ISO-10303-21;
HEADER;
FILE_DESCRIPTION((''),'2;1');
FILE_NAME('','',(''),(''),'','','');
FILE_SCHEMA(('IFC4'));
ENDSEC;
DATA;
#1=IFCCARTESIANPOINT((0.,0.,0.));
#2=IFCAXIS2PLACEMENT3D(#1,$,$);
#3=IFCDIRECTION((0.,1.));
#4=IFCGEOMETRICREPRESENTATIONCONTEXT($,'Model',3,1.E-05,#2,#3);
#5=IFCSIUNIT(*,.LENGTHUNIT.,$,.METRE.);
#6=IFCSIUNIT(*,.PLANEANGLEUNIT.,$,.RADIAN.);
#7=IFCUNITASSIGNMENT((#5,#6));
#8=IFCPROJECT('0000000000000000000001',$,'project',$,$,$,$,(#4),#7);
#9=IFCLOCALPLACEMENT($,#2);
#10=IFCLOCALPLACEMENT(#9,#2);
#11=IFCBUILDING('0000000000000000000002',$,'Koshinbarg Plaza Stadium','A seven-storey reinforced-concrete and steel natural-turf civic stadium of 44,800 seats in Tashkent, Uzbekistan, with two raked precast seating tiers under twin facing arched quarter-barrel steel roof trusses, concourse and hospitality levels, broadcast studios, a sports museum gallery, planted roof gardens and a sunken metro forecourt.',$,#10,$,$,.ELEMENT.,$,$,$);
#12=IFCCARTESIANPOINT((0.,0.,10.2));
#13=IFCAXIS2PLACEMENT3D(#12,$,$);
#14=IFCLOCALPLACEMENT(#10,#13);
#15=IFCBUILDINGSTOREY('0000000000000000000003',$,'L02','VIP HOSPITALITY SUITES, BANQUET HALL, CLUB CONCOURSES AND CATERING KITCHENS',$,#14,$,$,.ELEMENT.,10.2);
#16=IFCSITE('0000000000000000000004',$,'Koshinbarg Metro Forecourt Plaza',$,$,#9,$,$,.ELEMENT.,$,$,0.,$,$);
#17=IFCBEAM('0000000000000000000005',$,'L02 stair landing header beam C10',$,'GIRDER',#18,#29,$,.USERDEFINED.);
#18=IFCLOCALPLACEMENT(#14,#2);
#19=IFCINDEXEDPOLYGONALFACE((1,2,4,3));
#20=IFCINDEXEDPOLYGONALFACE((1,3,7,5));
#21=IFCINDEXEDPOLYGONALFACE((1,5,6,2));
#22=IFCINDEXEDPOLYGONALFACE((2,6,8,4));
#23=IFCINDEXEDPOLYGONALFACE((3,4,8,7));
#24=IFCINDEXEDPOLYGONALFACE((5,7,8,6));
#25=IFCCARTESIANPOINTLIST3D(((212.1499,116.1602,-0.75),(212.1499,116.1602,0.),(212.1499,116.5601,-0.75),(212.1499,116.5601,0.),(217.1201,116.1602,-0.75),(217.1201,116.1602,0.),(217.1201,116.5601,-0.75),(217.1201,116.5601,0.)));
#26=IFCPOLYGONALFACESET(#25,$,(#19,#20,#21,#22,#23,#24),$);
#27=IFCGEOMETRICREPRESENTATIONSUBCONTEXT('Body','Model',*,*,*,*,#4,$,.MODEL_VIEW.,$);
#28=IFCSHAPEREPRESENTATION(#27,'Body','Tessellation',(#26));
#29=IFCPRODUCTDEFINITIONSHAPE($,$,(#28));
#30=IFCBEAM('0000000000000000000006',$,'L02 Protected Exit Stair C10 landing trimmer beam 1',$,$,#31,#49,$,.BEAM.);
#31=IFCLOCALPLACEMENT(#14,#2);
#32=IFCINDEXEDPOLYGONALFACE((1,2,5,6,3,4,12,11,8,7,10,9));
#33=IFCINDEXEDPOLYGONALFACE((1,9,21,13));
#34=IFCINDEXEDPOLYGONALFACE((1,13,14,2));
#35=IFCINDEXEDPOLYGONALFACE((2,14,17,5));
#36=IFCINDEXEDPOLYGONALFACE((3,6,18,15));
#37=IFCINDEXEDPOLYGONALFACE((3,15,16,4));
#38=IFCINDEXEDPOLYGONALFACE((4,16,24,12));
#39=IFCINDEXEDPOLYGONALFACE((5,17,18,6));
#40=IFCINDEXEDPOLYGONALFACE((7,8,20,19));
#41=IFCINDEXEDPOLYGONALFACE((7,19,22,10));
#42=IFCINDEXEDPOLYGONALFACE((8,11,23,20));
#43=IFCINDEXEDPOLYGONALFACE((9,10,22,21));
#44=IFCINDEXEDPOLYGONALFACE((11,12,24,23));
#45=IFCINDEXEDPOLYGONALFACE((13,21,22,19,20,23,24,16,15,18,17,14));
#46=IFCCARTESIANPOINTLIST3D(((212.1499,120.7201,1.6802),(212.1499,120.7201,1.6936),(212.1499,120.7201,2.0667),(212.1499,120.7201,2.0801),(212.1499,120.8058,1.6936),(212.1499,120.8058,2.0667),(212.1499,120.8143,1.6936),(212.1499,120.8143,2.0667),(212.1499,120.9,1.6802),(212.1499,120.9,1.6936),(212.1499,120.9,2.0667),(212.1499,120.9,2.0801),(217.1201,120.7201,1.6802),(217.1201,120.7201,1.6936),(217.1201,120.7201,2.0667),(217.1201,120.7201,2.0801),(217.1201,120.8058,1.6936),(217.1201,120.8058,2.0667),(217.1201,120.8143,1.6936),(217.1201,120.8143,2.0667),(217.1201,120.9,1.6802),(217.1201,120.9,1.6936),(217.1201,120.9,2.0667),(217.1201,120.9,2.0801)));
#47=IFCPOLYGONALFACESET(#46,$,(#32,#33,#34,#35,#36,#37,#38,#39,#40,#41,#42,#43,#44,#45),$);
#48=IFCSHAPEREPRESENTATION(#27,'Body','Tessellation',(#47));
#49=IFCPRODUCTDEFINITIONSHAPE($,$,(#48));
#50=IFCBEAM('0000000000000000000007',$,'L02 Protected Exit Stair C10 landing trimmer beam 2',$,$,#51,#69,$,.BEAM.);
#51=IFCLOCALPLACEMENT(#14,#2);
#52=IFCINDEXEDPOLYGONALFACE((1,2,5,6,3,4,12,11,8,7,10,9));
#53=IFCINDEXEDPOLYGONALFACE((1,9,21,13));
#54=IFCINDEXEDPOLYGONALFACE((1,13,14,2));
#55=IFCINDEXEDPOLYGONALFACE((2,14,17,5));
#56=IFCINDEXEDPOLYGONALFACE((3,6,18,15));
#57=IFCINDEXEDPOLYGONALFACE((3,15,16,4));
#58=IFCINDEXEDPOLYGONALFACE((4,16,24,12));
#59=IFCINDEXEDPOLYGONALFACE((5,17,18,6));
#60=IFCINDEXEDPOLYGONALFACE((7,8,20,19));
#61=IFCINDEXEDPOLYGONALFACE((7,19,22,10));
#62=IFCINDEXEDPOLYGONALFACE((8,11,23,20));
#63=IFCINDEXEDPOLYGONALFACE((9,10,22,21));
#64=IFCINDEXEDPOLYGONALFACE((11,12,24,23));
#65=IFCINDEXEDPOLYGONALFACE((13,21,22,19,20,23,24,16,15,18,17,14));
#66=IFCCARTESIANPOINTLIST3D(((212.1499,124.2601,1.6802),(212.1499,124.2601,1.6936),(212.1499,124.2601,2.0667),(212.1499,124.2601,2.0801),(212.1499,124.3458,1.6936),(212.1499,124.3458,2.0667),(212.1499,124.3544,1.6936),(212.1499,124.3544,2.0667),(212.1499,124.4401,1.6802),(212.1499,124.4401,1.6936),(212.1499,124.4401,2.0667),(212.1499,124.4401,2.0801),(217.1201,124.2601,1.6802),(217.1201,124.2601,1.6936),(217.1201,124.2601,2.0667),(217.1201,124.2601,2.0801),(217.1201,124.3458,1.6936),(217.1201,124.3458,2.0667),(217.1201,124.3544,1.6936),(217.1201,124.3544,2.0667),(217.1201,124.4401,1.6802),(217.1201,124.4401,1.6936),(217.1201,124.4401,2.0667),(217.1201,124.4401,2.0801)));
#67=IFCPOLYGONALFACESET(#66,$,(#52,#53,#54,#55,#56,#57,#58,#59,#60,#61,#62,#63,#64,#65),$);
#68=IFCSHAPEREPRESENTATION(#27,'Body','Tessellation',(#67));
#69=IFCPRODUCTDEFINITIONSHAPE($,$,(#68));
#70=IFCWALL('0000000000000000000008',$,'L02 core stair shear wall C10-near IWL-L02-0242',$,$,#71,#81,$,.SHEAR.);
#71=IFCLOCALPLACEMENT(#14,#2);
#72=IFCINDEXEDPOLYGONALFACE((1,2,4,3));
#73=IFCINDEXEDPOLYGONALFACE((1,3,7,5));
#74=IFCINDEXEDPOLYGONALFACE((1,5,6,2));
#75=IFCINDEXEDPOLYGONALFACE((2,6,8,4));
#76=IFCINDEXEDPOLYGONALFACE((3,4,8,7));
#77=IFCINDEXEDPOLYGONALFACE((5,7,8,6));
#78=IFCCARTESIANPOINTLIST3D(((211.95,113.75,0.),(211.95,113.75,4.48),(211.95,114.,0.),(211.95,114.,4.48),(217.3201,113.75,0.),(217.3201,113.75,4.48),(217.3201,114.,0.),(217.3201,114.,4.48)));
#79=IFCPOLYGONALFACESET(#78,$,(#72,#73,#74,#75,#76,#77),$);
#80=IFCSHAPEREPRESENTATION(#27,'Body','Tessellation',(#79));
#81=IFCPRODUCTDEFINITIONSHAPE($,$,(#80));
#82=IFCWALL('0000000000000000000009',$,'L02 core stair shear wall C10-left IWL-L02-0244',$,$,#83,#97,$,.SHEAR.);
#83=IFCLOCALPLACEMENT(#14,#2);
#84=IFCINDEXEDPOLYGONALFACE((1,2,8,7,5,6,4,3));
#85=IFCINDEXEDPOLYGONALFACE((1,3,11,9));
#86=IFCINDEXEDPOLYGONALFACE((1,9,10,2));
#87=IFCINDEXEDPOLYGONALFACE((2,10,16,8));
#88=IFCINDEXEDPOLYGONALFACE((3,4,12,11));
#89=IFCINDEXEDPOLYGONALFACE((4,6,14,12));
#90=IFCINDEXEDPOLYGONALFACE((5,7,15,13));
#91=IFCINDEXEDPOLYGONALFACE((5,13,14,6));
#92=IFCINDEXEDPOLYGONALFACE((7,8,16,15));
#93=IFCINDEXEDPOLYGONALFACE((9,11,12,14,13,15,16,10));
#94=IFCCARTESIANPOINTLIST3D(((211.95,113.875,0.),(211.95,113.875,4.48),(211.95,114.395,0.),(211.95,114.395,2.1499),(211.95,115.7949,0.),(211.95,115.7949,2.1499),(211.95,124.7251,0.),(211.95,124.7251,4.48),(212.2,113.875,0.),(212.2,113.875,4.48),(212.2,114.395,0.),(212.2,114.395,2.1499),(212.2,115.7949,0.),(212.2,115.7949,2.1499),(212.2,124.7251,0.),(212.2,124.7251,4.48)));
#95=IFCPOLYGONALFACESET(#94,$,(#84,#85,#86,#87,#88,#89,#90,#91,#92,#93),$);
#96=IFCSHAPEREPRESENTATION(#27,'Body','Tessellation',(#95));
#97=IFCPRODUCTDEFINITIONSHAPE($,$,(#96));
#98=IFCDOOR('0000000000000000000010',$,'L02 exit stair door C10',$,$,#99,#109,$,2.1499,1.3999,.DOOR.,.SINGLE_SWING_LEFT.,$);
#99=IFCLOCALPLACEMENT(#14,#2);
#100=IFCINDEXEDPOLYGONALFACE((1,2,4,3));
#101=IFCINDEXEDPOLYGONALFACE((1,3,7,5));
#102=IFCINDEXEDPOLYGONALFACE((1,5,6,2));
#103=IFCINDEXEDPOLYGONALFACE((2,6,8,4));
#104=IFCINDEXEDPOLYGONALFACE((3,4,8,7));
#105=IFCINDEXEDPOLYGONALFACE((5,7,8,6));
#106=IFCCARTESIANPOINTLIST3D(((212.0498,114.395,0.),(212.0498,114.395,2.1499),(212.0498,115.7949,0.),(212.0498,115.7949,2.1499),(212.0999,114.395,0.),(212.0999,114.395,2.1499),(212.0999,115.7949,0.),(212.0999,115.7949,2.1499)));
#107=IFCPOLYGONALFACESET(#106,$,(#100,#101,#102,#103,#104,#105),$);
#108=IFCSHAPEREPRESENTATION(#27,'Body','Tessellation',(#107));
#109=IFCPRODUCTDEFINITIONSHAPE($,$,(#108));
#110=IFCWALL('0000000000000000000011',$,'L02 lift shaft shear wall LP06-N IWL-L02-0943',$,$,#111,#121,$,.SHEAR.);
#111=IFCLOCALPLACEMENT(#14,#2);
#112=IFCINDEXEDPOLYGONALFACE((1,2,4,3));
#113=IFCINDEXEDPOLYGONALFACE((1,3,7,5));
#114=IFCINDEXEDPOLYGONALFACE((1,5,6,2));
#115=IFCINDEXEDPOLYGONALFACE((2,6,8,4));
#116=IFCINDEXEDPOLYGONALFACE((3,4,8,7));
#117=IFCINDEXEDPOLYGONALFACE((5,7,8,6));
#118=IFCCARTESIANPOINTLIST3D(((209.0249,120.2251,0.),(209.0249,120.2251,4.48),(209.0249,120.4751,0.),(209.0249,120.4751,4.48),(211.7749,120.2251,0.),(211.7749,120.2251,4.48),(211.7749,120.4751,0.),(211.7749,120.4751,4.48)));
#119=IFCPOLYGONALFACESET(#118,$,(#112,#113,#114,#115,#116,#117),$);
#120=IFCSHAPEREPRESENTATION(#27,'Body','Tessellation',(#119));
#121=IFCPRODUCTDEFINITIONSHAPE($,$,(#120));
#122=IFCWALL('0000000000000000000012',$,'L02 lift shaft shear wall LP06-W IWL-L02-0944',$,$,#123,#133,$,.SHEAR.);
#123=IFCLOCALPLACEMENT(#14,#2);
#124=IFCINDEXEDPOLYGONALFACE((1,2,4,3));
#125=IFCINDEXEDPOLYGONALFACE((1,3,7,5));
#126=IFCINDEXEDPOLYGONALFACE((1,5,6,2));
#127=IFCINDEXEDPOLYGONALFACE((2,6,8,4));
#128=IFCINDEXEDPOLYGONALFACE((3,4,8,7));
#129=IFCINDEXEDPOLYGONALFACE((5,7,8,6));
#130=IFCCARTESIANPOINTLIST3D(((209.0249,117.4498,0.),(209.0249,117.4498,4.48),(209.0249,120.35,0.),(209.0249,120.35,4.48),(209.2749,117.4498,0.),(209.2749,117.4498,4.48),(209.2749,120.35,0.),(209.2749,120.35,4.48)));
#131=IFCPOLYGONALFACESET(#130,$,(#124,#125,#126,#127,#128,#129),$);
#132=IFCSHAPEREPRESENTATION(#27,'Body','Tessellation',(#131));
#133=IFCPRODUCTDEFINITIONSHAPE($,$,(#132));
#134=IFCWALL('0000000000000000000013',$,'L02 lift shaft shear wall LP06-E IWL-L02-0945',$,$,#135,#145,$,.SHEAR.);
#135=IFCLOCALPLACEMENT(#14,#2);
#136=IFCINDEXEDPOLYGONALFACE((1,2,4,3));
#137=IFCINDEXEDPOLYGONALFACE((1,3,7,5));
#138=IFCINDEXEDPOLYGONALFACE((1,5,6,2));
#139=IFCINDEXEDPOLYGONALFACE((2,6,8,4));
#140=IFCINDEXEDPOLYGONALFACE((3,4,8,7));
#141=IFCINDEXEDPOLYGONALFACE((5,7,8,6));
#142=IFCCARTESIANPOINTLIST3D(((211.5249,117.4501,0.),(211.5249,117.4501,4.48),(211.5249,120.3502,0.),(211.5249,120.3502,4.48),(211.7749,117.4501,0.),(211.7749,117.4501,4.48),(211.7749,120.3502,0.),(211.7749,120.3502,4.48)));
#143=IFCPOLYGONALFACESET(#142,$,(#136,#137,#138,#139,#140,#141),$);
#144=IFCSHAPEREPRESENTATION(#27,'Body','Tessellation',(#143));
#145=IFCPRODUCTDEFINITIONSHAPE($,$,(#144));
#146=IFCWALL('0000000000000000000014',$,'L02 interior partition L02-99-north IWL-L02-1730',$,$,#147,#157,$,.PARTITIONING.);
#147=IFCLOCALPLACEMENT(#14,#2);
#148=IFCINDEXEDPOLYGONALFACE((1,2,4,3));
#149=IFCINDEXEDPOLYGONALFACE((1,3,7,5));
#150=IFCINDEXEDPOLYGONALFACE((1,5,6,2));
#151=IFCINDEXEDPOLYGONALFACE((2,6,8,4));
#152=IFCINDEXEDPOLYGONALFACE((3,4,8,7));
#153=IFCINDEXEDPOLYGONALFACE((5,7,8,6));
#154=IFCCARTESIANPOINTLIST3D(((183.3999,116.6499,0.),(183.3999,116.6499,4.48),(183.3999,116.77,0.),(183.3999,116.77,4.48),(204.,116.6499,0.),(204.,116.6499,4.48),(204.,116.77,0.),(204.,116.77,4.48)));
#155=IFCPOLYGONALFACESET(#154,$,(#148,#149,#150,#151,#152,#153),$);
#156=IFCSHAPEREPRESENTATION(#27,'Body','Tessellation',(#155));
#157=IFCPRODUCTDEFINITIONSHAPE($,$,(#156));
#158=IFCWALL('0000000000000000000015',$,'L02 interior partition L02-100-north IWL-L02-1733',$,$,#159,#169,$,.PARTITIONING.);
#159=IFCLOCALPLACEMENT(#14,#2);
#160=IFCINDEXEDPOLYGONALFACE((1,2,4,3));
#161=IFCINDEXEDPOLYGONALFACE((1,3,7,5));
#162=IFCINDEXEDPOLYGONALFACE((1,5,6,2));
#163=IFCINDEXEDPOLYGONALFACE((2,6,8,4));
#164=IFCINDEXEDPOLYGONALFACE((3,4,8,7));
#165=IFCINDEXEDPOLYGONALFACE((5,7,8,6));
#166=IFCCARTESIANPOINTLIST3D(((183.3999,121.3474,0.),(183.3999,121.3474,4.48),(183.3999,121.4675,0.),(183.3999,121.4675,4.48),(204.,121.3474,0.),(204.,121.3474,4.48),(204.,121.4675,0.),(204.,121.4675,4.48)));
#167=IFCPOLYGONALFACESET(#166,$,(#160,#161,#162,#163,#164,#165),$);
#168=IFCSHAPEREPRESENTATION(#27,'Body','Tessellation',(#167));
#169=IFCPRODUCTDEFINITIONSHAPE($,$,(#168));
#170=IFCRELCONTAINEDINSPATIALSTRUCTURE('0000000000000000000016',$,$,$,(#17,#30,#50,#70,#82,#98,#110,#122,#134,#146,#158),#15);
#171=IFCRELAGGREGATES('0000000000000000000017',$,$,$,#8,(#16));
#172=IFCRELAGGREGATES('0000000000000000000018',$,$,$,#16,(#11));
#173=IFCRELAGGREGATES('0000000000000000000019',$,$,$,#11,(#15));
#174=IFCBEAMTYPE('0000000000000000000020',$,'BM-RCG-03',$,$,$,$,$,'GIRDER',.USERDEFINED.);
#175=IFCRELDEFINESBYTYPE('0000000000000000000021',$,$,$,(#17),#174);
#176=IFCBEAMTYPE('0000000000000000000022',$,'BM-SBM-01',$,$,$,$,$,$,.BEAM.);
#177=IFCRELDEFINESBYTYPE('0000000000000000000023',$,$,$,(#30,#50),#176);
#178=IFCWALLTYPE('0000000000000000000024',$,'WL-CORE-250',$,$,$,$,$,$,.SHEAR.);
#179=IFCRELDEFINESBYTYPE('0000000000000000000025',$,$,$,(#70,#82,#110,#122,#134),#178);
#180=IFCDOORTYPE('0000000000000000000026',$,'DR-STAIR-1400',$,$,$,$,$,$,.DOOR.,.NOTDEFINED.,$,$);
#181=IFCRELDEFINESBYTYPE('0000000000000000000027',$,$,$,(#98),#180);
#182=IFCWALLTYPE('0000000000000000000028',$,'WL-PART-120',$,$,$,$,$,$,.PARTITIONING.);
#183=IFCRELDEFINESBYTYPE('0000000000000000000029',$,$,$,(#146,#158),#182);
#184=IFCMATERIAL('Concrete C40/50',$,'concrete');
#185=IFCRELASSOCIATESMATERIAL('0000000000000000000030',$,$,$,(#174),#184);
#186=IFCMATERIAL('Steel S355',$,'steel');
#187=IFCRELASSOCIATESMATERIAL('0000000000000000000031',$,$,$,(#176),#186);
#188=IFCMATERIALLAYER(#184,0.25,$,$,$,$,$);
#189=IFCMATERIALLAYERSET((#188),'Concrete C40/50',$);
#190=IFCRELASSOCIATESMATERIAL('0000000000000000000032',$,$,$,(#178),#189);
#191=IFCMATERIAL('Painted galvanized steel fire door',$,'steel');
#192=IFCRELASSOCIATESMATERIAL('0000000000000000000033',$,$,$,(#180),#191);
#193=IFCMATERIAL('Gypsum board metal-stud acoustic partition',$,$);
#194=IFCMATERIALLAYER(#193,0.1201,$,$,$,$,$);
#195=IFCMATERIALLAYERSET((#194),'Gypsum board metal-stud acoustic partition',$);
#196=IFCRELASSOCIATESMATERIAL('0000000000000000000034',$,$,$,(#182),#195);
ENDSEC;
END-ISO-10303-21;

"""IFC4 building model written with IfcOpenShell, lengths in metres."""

from ifc_helpers import new_model, si_unit, direction, frame, frame_2d, origin, origin_2d, place, context, subcontext, project, spatial, rectangle, i_section, extrude, material, layer, layer_set, material_profile, profile_set, type_object, element, fill, save


model = new_model("IFC4")

# Units and contexts
model_context = context("Model", 3, precision=1e-05, world=origin(), true_north=direction((0.0, 1.0)))
body_context = subcontext(model_context, "Body", "Model", "MODEL_VIEW")
ifc_project = project(units=[si_unit("LENGTHUNIT", "METRE"), si_unit("PLANEANGLEUNIT", "RADIAN")], contexts=[model_context])

# Site, building, storey
site_placement = place(None, origin())
site = spatial("IfcSite", under=ifc_project, at=site_placement, Name="Koshinbarg Metro Forecourt Plaza", CompositionType="ELEMENT", RefElevation=0.0)
building_placement = place(site_placement, origin())
building = spatial("IfcBuilding", under=site, at=building_placement, Name="Koshinbarg Plaza Stadium", Description="A seven-storey reinforced-concrete and steel natural-turf civic stadium of 44,800 seats in Tashkent, Uzbekistan, with two raked precast seating tiers under twin facing arched quarter-barrel steel roof trusses, concourse and hospitality levels, broadcast studios, a sports museum gallery, planted roof gardens and a sunken metro forecourt.", CompositionType="ELEMENT")
storey_placement = place(building_placement, frame((0.0, 0.0, 10.2)))
storey = spatial("IfcBuildingStorey", under=building, at=storey_placement, Name="L02", Description="VIP HOSPITALITY SUITES, BANQUET HALL, CLUB CONCOURSES AND CATERING KITCHENS", CompositionType="ELEMENT", Elevation=10.2)

# Beams
ifc_material_1 = material(Name="Concrete C40/50", Category="concrete")
ifc_material_profile_1 = material_profile(ifc_material_1, rectangle(XDim=0.3999, YDim=0.75, at=origin_2d()), Name="RC 400x750")
ifc_profile_set_1 = profile_set([ifc_material_profile_1], Name="Concrete C40/50")
beam_type_1 = type_object("IfcBeamType", Name="BM-RCG-03", ElementType="GIRDER", PredefinedType="USERDEFINED", material=ifc_profile_set_1)
beam_placement = place(storey_placement, frame((212.1499, 116.3601, -0.375), z_axis=(1.0, 0.0, 0.0), x_axis=(0.0, 1.0, 0.0)))
element("IfcBeam", 1, at=beam_placement, inside=storey, type_object=beam_type_1, Name="L02 stair landing header beam C10", ObjectType="GIRDER", PredefinedType="USERDEFINED", context=body_context, shape_type="SweptSolid", body=[
    extrude(rectangle(XDim=0.3999, YDim=0.75, at=origin_2d()), origin(), (0.0, 0.0, 1.0), 4.9702),
])
ifc_material_2 = material(Name="Steel S355", Category="steel")
ifc_material_profile_2 = material_profile(ifc_material_2, i_section(OverallWidth=0.1799, OverallDepth=0.3999, WebThickness=0.0085, FlangeThickness=0.0134, at=origin_2d()), Name="IPE 400")
ifc_profile_set_2 = profile_set([ifc_material_profile_2], Name="Steel S355")
beam_type_2 = type_object("IfcBeamType", Name="BM-SBM-01", PredefinedType="BEAM", material=ifc_profile_set_2)
for number, where, z_axis, x_axis, name in (
    (2, (212.1499, 120.8101, 1.8801), (1.0, 0.0, 0.0), (0.0, 1.0, 0.0), "L02 Protected Exit Stair C10 landing trimmer beam 1"),
    (3, (212.1499, 124.3501, 1.8801), (1.0, 0.0, 0.0), (0.0, 1.0, 0.0), "L02 Protected Exit Stair C10 landing trimmer beam 2"),
):
    element("IfcBeam", number, at=place(storey_placement, frame(where, z_axis=z_axis, x_axis=x_axis)), inside=storey, type_object=beam_type_2, Name=name, PredefinedType="BEAM", context=body_context, shape_type="SweptSolid", body=[
        extrude(i_section(OverallWidth=0.1799, OverallDepth=0.3999, WebThickness=0.0085, FlangeThickness=0.0134, at=origin_2d()), origin(), (0.0, 0.0, 1.0), 4.9702),
    ])

# Wall
ifc_layer_1 = layer(ifc_material_1, 0.25)
ifc_layer_set_1 = layer_set([ifc_layer_1], Name="Concrete C40/50")
wall_type_1 = type_object("IfcWallType", Name="WL-CORE-250", PredefinedType="SHEAR", material=ifc_layer_set_1)
wall_1_placement = place(storey_placement, frame((211.95, 113.875, 0.0), z_axis=(0.0, 0.0, 1.0), x_axis=(1.0, 0.0, 0.0)))
element("IfcWall", 4, at=wall_1_placement, inside=storey, type_object=wall_type_1, Name="L02 core stair shear wall C10-near IWL-L02-0242", PredefinedType="SHEAR", context=body_context, shape_type="SweptSolid", body=[
    extrude(rectangle(XDim=5.3701, YDim=0.25, at=frame_2d((2.6851, 0.0))), origin(), (0.0, 0.0, 1.0), 4.48),
])

# Wall, opening, door
wall_2_placement = place(storey_placement, frame((212.075, 113.875, 0.0), z_axis=(0.0, 0.0, 1.0), x_axis=(0.0, 1.0, 0.0)))
wall_2 = element("IfcWall", 5, at=wall_2_placement, inside=storey, type_object=wall_type_1, Name="L02 core stair shear wall C10-left IWL-L02-0244", PredefinedType="SHEAR", context=body_context, shape_type="SweptSolid", body=[
    extrude(rectangle(XDim=10.8501, YDim=0.25, at=frame_2d((5.425, 0.0))), origin(), (0.0, 0.0, 1.0), 4.48),
])
opening_1_placement = place(wall_2_placement, frame((0.52, 0.0, 0.0)))
opening_1 = element("IfcOpeningElement", 6, at=opening_1_placement, cuts=wall_2, PredefinedType="OPENING", context=body_context, shape_type="SweptSolid", body=[
    extrude(rectangle(XDim=1.3999, YDim=2.1499, at=frame_2d((0.7, 1.075))), frame((0.0, 0.135, 0.0), z_axis=(0.0, -1.0, 0.0), x_axis=(1.0, 0.0, 0.0)), (0.0, 0.0, 1.0), 0.27),
])
ifc_material_3 = material(Name="Painted galvanized steel fire door", Category="steel")
door_type_1 = type_object("IfcDoorType", Name="DR-STAIR-1400", OperationType="NOTDEFINED", PredefinedType="DOOR", material=ifc_material_3)
door_1_placement = place(opening_1_placement, frame((1.3999, 0.0, 0.0), z_axis=(0.0, 0.0, 1.0), x_axis=(-1.0, 0.0, 0.0)))
door_1 = element("IfcDoor", 7, at=door_1_placement, inside=storey, type_object=door_type_1, Name="L02 exit stair door C10", OperationType="SINGLE_SWING_LEFT", OverallHeight=2.1499, OverallWidth=1.3999, PredefinedType="DOOR", context=body_context, shape_type="SweptSolid", body=[
    extrude(rectangle(XDim=1.3999, YDim=2.1499, at=frame_2d((0.7, 1.075))), frame((0.0, 0.0249, 0.0), z_axis=(0.0, -1.0, 0.0), x_axis=(1.0, 0.0, 0.0)), (0.0, 0.0, 1.0), 0.05),
])
fill(opening_1, door_1)

# Walls
wall_3_placement = place(storey_placement, frame((211.7749, 120.3501, 0.0), z_axis=(0.0, 0.0, 1.0), x_axis=(-1.0, 0.0, 0.0)))
element("IfcWall", 8, at=wall_3_placement, inside=storey, type_object=wall_type_1, Name="L02 lift shaft shear wall LP06-N IWL-L02-0943", PredefinedType="SHEAR", context=body_context, shape_type="SweptSolid", body=[
    extrude(rectangle(XDim=2.75, YDim=0.25, at=frame_2d((1.375, 0.0))), origin(), (0.0, 0.0, 1.0), 4.48),
])
for number, where, z_axis, x_axis, name in (
    (9, (209.1499, 120.3501, 0.0), (0.0, 0.0, 1.0), (0.0, -1.0, 0.0), "L02 lift shaft shear wall LP06-W IWL-L02-0944"),
    (10, (211.6499, 117.45, 0.0), (0.0, 0.0, 1.0), (0.0, 1.0, 0.0), "L02 lift shaft shear wall LP06-E IWL-L02-0945"),
):
    element("IfcWall", number, at=place(storey_placement, frame(where, z_axis=z_axis, x_axis=x_axis)), inside=storey, type_object=wall_type_1, Name=name, PredefinedType="SHEAR", context=body_context, shape_type="SweptSolid", body=[
        extrude(rectangle(XDim=2.9001, YDim=0.25, at=frame_2d((1.4502, 0.0))), origin(), (0.0, 0.0, 1.0), 4.48),
    ])
ifc_material_4 = material(Name="Gypsum board metal-stud acoustic partition")
ifc_layer_2 = layer(ifc_material_4, 0.1201)
ifc_layer_set_2 = layer_set([ifc_layer_2], Name="Gypsum board metal-stud acoustic partition")
wall_type_2 = type_object("IfcWallType", Name="WL-PART-120", PredefinedType="PARTITIONING", material=ifc_layer_set_2)
wall_4_placement = place(storey_placement, frame((204.0, 116.71, 0.0), z_axis=(0.0, 0.0, 1.0), x_axis=(-1.0, 0.0, 0.0)))
element("IfcWall", 11, at=wall_4_placement, inside=storey, type_object=wall_type_2, Name="L02 interior partition L02-99-north IWL-L02-1730", PredefinedType="PARTITIONING", context=body_context, shape_type="SweptSolid", body=[
    extrude(rectangle(XDim=20.6001, YDim=0.1201, at=frame_2d((10.3, 0.0))), origin(), (0.0, 0.0, 1.0), 4.48),
])

# Wall
wall_5_placement = place(storey_placement, frame((204.0, 121.4075, 0.0), z_axis=(0.0, 0.0, 1.0), x_axis=(-1.0, 0.0, 0.0)))
element("IfcWall", 12, at=wall_5_placement, inside=storey, type_object=wall_type_2, Name="L02 interior partition L02-100-north IWL-L02-1733", PredefinedType="PARTITIONING", context=body_context, shape_type="SweptSolid", body=[
    extrude(rectangle(XDim=20.6001, YDim=0.1201, at=frame_2d((10.3, 0.0))), origin(), (0.0, 0.0, 1.0), 4.48),
])

save(model, "model.ifc")
